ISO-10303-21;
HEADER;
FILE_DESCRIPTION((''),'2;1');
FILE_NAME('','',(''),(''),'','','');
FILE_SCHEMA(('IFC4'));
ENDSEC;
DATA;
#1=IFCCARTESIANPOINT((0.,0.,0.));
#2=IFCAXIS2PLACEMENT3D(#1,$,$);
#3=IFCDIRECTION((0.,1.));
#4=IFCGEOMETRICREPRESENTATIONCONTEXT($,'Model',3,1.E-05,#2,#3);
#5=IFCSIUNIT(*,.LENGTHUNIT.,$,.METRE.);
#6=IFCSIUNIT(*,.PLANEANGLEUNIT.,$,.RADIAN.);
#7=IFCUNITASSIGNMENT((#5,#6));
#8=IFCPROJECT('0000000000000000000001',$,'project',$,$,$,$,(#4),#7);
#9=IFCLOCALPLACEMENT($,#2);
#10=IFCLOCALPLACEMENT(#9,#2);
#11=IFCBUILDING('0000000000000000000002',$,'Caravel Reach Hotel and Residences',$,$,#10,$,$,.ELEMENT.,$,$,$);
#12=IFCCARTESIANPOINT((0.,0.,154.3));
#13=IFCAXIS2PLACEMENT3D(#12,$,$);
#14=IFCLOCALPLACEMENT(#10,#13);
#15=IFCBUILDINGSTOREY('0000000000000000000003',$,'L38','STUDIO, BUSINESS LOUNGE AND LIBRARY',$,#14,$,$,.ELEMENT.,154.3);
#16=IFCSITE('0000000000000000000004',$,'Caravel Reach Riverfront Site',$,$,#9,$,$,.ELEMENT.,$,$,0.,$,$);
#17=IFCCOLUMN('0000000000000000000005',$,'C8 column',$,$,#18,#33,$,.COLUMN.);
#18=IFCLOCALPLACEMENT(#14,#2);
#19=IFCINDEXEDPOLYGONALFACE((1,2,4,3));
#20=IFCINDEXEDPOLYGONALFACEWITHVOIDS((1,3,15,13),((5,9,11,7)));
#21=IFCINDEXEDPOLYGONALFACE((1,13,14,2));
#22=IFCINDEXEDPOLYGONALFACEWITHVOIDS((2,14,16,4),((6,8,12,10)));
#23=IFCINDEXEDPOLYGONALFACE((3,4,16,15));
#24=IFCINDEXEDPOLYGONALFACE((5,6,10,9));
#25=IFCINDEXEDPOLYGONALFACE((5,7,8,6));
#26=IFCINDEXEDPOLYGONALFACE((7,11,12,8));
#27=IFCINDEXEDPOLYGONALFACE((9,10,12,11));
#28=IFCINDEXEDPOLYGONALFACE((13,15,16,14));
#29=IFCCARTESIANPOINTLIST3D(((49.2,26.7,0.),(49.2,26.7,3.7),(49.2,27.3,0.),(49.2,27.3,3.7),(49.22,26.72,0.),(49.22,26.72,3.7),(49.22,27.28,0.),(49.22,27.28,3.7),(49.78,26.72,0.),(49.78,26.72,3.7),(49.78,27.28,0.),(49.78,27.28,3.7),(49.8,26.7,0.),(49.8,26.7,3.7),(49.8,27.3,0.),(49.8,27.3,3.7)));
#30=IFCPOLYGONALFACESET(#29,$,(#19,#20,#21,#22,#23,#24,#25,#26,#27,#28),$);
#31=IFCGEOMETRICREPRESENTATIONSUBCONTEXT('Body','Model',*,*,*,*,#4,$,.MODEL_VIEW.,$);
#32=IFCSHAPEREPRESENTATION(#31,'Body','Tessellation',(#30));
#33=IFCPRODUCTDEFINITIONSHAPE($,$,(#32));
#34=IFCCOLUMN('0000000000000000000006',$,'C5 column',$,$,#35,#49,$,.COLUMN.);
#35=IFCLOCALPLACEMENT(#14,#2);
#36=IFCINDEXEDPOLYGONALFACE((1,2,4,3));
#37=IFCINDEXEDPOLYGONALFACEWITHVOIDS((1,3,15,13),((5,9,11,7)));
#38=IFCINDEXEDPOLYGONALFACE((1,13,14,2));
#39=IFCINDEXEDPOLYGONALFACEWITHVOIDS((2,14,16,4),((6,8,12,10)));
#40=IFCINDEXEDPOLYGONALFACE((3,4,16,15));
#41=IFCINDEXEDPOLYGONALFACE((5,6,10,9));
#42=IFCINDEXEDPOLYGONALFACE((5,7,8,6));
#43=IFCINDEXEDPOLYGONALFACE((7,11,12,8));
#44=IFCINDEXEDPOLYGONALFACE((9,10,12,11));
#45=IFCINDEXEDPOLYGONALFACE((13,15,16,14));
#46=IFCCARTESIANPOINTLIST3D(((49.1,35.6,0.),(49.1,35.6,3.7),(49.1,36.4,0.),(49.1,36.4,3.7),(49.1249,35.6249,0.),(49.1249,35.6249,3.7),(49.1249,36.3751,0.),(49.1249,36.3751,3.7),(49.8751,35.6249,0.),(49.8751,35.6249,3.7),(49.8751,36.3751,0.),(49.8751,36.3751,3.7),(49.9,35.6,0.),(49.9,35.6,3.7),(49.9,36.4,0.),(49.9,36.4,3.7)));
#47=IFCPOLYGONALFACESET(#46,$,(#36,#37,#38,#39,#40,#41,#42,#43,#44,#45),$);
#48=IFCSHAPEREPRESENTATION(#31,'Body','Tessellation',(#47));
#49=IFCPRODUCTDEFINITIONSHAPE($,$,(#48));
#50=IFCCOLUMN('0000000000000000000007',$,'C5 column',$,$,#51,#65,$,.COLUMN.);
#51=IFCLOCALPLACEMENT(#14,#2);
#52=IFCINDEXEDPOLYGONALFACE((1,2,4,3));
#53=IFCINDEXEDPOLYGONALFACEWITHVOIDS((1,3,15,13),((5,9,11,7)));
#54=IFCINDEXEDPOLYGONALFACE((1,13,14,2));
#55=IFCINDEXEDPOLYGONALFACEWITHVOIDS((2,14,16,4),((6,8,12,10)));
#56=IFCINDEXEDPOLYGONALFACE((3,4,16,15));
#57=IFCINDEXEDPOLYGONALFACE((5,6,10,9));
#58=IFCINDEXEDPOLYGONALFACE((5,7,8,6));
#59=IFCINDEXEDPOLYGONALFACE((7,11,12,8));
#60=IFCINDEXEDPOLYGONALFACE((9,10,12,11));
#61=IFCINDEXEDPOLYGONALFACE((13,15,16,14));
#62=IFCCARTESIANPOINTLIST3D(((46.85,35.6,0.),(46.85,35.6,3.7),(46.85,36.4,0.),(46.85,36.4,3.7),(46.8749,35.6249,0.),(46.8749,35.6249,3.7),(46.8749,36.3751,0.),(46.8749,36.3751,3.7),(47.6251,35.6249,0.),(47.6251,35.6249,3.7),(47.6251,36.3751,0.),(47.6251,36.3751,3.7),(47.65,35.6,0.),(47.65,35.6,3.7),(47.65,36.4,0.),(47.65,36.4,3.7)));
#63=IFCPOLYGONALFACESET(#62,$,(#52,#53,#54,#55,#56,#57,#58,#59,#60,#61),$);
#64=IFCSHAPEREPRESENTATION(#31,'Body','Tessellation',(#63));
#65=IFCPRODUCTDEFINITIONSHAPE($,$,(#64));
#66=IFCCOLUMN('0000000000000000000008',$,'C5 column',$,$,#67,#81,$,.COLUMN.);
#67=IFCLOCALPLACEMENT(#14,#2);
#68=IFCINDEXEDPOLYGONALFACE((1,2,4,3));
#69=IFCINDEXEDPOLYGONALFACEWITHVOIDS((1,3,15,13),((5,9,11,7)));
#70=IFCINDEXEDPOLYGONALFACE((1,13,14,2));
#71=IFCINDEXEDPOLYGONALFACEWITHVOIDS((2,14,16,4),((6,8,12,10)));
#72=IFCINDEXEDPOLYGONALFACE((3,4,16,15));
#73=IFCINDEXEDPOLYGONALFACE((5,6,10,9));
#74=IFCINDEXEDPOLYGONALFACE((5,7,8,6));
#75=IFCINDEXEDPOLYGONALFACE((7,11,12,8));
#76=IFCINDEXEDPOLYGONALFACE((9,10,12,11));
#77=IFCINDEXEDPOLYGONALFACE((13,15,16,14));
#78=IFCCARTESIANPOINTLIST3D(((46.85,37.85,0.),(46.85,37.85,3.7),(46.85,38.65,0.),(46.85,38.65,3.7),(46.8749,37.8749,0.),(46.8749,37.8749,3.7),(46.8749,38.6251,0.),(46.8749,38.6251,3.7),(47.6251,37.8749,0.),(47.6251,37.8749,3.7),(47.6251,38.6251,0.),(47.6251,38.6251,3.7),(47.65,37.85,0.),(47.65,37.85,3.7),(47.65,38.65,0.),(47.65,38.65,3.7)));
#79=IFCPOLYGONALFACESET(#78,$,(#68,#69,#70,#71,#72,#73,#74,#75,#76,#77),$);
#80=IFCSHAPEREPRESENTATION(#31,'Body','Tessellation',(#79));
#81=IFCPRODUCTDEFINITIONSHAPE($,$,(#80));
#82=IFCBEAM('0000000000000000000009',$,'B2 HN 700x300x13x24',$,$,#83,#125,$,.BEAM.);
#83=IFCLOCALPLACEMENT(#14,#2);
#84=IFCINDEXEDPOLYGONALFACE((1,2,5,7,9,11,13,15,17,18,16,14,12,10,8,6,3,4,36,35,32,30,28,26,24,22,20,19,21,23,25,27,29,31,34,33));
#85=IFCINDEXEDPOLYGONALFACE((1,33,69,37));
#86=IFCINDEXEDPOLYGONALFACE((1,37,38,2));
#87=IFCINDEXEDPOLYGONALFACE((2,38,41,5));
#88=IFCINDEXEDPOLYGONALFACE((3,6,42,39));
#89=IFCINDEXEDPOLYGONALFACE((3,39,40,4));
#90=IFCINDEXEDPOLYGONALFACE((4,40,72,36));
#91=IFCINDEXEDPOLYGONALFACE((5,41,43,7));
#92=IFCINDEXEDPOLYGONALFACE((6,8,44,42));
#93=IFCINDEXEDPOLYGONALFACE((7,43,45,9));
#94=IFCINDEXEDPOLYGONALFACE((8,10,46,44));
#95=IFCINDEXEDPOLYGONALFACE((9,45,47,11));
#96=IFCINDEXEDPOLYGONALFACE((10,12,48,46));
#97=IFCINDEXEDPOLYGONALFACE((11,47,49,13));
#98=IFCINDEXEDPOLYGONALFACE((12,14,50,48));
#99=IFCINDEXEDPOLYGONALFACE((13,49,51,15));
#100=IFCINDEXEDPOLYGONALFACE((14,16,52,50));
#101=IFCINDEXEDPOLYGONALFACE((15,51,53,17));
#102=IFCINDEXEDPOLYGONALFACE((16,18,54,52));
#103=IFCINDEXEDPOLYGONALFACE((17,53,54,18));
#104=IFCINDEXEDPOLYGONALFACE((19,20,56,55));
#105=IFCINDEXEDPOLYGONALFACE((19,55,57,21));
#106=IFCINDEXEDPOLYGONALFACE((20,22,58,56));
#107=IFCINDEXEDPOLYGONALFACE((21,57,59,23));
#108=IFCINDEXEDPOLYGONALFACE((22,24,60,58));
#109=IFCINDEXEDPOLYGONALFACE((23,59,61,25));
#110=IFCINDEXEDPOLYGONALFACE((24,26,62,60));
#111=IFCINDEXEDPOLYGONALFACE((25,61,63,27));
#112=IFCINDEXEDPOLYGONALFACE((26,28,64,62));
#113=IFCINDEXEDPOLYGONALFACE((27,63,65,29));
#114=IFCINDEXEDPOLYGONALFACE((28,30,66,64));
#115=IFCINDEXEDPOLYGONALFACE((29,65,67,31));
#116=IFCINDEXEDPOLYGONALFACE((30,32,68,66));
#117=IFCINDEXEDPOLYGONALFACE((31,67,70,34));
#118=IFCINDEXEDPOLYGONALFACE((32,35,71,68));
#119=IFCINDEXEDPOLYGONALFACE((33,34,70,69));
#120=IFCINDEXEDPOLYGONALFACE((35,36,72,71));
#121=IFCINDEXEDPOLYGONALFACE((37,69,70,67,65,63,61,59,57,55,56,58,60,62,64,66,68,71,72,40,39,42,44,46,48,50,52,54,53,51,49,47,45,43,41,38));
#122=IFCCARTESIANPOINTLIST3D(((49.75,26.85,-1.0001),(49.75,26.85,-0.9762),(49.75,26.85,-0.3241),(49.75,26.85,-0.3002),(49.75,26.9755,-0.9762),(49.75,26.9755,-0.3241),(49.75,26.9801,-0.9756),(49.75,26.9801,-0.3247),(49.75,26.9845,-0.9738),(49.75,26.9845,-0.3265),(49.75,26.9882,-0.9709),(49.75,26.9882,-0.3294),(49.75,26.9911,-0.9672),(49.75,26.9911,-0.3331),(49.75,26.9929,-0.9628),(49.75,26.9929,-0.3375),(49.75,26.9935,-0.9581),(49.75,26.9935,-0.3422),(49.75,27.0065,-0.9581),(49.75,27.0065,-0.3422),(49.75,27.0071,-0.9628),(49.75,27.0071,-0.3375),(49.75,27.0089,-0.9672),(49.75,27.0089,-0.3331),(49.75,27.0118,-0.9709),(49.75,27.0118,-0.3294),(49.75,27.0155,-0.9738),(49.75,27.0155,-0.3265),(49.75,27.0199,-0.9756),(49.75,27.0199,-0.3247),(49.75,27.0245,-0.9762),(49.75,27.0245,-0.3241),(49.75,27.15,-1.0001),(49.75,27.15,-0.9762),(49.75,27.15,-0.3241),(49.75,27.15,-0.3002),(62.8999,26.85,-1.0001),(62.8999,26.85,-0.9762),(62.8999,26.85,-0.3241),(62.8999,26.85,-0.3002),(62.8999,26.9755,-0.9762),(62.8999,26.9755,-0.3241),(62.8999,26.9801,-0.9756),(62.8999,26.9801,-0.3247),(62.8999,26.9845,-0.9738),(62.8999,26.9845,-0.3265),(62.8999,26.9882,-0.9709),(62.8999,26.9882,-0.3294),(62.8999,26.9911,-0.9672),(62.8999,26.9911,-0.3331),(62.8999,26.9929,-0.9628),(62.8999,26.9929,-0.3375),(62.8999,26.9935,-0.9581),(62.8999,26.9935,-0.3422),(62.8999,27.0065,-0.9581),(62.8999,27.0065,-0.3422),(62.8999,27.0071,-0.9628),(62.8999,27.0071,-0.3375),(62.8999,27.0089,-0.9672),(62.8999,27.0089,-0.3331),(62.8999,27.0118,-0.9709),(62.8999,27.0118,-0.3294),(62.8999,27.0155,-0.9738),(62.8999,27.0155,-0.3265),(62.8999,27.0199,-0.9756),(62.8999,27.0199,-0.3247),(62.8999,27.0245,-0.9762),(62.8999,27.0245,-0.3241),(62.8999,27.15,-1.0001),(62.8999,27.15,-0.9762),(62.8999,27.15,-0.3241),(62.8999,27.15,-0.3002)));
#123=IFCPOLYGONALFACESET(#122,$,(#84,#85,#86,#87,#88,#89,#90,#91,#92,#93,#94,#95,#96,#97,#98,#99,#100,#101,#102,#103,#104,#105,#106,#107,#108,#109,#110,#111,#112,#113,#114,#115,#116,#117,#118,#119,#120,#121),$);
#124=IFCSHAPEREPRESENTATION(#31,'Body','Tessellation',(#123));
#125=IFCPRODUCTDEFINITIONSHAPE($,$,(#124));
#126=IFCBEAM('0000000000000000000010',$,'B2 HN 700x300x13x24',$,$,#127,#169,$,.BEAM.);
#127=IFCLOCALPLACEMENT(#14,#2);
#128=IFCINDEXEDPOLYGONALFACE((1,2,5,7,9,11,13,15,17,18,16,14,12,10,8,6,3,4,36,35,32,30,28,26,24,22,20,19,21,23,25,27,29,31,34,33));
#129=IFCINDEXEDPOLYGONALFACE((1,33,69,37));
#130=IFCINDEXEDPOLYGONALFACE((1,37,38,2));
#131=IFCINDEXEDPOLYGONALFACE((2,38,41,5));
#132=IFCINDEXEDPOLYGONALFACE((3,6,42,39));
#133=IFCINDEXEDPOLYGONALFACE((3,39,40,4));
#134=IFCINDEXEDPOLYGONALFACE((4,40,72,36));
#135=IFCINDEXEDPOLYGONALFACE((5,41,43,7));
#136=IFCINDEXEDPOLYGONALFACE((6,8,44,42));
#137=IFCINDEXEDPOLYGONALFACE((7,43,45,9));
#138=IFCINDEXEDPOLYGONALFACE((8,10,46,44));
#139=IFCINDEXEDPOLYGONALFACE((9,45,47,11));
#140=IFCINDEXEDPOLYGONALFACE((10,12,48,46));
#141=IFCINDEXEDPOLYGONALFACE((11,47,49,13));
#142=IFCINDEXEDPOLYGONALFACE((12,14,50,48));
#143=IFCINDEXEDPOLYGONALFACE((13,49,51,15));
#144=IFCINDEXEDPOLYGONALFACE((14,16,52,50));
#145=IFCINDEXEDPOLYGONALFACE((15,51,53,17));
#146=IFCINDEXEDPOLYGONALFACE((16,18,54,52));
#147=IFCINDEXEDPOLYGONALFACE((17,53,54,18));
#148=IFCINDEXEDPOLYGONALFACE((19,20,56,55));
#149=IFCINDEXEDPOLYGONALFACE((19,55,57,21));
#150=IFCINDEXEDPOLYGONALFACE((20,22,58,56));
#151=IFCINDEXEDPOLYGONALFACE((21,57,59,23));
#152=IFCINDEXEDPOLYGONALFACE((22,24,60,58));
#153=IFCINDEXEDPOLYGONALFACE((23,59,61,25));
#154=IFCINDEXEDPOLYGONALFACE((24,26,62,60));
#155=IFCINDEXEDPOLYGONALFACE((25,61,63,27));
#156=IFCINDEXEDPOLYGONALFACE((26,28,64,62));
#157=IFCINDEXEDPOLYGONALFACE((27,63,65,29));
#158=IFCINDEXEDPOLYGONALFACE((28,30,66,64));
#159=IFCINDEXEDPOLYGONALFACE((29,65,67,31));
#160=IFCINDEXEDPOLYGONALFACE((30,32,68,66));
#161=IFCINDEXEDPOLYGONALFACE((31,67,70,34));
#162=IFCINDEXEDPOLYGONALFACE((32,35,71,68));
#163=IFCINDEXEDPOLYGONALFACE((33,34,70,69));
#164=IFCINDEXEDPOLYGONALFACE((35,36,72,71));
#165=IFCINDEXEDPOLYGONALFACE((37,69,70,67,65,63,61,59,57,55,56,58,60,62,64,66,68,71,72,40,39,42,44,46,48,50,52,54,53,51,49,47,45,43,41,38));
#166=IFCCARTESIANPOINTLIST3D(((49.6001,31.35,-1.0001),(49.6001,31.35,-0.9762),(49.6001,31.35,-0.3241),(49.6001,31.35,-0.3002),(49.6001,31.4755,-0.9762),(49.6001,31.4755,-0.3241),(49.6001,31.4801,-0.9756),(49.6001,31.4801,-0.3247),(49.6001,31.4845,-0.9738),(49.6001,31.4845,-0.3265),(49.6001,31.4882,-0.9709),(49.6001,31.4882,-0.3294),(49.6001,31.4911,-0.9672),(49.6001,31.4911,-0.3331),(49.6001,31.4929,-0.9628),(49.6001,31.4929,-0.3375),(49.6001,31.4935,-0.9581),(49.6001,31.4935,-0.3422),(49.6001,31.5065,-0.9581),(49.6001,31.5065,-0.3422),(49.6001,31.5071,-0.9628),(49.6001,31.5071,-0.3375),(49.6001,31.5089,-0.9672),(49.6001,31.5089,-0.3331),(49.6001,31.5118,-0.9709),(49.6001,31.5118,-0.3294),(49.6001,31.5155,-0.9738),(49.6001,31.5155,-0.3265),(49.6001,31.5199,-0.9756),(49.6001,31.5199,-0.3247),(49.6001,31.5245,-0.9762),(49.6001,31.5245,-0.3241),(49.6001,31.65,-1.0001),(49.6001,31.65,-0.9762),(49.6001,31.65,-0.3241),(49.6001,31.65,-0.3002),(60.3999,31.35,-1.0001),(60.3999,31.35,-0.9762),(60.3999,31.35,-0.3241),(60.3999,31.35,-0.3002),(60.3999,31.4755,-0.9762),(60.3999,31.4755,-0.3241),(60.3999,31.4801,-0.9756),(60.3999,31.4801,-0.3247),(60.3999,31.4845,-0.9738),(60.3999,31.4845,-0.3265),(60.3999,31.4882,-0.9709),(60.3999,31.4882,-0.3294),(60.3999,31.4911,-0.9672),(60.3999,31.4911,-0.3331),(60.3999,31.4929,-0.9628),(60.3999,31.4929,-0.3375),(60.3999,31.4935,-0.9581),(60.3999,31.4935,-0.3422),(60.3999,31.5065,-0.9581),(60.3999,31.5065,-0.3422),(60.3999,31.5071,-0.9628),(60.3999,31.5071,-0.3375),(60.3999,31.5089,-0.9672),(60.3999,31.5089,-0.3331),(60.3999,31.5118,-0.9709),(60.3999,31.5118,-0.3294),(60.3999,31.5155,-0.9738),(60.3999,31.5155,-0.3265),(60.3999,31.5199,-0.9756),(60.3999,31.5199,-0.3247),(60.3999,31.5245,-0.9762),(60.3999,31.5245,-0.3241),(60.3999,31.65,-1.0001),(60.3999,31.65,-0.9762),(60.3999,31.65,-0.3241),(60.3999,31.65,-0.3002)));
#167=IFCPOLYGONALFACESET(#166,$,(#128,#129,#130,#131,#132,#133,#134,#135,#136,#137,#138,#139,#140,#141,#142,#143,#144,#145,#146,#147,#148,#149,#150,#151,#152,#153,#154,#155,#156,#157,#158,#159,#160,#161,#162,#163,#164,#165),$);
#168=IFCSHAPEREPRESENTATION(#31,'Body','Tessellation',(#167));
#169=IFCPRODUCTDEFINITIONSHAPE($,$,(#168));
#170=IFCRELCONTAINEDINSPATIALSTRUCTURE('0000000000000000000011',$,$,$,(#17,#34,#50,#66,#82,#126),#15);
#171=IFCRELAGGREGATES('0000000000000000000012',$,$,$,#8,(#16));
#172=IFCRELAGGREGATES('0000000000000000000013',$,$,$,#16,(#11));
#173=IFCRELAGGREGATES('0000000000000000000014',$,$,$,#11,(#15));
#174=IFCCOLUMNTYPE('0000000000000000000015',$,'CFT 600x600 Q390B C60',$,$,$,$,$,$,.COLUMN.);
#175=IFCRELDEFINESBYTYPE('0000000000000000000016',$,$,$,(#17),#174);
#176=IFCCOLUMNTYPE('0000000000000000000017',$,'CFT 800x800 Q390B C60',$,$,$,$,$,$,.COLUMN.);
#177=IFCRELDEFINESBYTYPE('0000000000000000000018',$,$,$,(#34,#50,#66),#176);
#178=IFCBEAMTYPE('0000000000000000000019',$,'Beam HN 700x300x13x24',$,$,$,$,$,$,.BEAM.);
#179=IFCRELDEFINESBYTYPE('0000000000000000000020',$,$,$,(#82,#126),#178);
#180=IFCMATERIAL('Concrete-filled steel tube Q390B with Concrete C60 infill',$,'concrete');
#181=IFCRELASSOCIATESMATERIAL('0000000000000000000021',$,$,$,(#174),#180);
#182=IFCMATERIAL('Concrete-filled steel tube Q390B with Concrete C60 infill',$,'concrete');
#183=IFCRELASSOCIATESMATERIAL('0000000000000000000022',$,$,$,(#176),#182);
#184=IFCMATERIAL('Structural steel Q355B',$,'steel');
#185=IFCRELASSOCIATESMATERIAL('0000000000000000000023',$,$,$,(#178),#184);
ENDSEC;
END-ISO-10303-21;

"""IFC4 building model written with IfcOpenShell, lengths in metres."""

from ifc_helpers import new_model, si_unit, direction, frame, origin, origin_2d, place, context, subcontext, project, spatial, hollow_rectangle, i_section, extrude, material, material_profile, profile_set, type_object, element, save


model = new_model("IFC4")

# Units and contexts
model_context = context("Model", 3, precision=1e-05, world=origin(), true_north=direction((0.0, 1.0)))
body_context = subcontext(model_context, "Body", "Model", "MODEL_VIEW")
ifc_project = project(units=[si_unit("LENGTHUNIT", "METRE"), si_unit("PLANEANGLEUNIT", "RADIAN")], contexts=[model_context])

# Site, building, storey
site_placement = place(None, origin())
site = spatial("IfcSite", under=ifc_project, at=site_placement, Name="Caravel Reach Riverfront Site", CompositionType="ELEMENT", RefElevation=0.0)
building_placement = place(site_placement, origin())
building = spatial("IfcBuilding", under=site, at=building_placement, Name="Caravel Reach Hotel and Residences", CompositionType="ELEMENT")
storey_placement = place(building_placement, frame((0.0, 0.0, 154.3)))
storey = spatial("IfcBuildingStorey", under=building, at=storey_placement, Name="L38", Description="STUDIO, BUSINESS LOUNGE AND LIBRARY", CompositionType="ELEMENT", Elevation=154.3)

# Columns
ifc_material_1 = material(Name="Concrete-filled steel tube Q390B with Concrete C60 infill", Category="concrete")
ifc_material_profile_1 = material_profile(ifc_material_1, hollow_rectangle(XDim=0.6001, YDim=0.6001, WallThickness=0.02, at=origin_2d()), Name="RHS 600x600x20")
ifc_profile_set_1 = profile_set([ifc_material_profile_1], Name="Concrete-filled steel tube Q390B with Concrete C60 infill")
column_type_1 = type_object("IfcColumnType", Name="CFT 600x600 Q390B C60", PredefinedType="COLUMN", material=ifc_profile_set_1)
column_placement = place(storey_placement, frame((49.5, 27.0, 0.0), z_axis=(0.0, 0.0, 1.0), x_axis=(1.0, 0.0, 0.0)))
element("IfcColumn", 1, at=column_placement, inside=storey, type_object=column_type_1, Name="C8 column", PredefinedType="COLUMN", context=body_context, shape_type="SweptSolid", body=[
    extrude(hollow_rectangle(XDim=0.6001, YDim=0.6001, WallThickness=0.02, at=origin_2d()), origin(), (0.0, 0.0, 1.0), 3.7),
])
ifc_material_2 = material(Name="Concrete-filled steel tube Q390B with Concrete C60 infill", Category="concrete")
ifc_material_profile_2 = material_profile(ifc_material_2, hollow_rectangle(XDim=0.8, YDim=0.8, WallThickness=0.0249, at=origin_2d()), Name="RHS 800x800x25")
ifc_profile_set_2 = profile_set([ifc_material_profile_2], Name="Concrete-filled steel tube Q390B with Concrete C60 infill")
column_type_2 = type_object("IfcColumnType", Name="CFT 800x800 Q390B C60", PredefinedType="COLUMN", material=ifc_profile_set_2)
for number, where, z_axis, x_axis, name in (
    (2, (49.5, 36.0, 0.0), (0.0, 0.0, 1.0), (1.0, 0.0, 0.0), "C5 column"),
    (3, (47.25, 36.0, 0.0), (0.0, 0.0, 1.0), (1.0, 0.0, 0.0), "C5 column"),
    (4, (47.25, 38.25, 0.0), (0.0, 0.0, 1.0), (1.0, 0.0, 0.0), "C5 column"),
):
    element("IfcColumn", number, at=place(storey_placement, frame(where, z_axis=z_axis, x_axis=x_axis)), inside=storey, type_object=column_type_2, Name=name, PredefinedType="COLUMN", context=body_context, shape_type="SweptSolid", body=[
        extrude(hollow_rectangle(XDim=0.8, YDim=0.8, WallThickness=0.0249, at=origin_2d()), origin(), (0.0, 0.0, 1.0), 3.7),
    ])

# Beams
ifc_material_3 = material(Name="Structural steel Q355B", Category="steel")
ifc_material_profile_3 = material_profile(ifc_material_3, i_section(OverallWidth=0.3, OverallDepth=0.7, WebThickness=0.0129, FlangeThickness=0.0239, FilletRadius=0.0181, at=origin_2d()), Name="HN 700x300x13x24")
ifc_profile_set_3 = profile_set([ifc_material_profile_3], Name="Structural steel Q355B")
beam_type_1 = type_object("IfcBeamType", Name="Beam HN 700x300x13x24", PredefinedType="BEAM", material=ifc_profile_set_3)
beam_1_placement = place(storey_placement, frame((49.75, 27.0, -0.6501), z_axis=(1.0, 0.0, 0.0), x_axis=(0.0, 1.0, 0.0)))
element("IfcBeam", 5, at=beam_1_placement, inside=storey, type_object=beam_type_1, Name="B2 HN 700x300x13x24", PredefinedType="BEAM", context=body_context, shape_type="SweptSolid", body=[
    extrude(i_section(OverallWidth=0.3, OverallDepth=0.7, WebThickness=0.0129, FlangeThickness=0.0239, FilletRadius=0.0181, at=origin_2d()), origin(), (0.0, 0.0, 1.0), 13.1499),
])
beam_2_placement = place(storey_placement, frame((49.6001, 31.5, -0.6501), z_axis=(1.0, 0.0, 0.0), x_axis=(0.0, 1.0, 0.0)))
element("IfcBeam", 6, at=beam_2_placement, inside=storey, type_object=beam_type_1, Name="B2 HN 700x300x13x24", PredefinedType="BEAM", context=body_context, shape_type="SweptSolid", body=[
    extrude(i_section(OverallWidth=0.3, OverallDepth=0.7, WebThickness=0.0129, FlangeThickness=0.0239, FilletRadius=0.0181, at=origin_2d()), origin(), (0.0, 0.0, 1.0), 10.7998),
])

save(model, "model.ifc")
